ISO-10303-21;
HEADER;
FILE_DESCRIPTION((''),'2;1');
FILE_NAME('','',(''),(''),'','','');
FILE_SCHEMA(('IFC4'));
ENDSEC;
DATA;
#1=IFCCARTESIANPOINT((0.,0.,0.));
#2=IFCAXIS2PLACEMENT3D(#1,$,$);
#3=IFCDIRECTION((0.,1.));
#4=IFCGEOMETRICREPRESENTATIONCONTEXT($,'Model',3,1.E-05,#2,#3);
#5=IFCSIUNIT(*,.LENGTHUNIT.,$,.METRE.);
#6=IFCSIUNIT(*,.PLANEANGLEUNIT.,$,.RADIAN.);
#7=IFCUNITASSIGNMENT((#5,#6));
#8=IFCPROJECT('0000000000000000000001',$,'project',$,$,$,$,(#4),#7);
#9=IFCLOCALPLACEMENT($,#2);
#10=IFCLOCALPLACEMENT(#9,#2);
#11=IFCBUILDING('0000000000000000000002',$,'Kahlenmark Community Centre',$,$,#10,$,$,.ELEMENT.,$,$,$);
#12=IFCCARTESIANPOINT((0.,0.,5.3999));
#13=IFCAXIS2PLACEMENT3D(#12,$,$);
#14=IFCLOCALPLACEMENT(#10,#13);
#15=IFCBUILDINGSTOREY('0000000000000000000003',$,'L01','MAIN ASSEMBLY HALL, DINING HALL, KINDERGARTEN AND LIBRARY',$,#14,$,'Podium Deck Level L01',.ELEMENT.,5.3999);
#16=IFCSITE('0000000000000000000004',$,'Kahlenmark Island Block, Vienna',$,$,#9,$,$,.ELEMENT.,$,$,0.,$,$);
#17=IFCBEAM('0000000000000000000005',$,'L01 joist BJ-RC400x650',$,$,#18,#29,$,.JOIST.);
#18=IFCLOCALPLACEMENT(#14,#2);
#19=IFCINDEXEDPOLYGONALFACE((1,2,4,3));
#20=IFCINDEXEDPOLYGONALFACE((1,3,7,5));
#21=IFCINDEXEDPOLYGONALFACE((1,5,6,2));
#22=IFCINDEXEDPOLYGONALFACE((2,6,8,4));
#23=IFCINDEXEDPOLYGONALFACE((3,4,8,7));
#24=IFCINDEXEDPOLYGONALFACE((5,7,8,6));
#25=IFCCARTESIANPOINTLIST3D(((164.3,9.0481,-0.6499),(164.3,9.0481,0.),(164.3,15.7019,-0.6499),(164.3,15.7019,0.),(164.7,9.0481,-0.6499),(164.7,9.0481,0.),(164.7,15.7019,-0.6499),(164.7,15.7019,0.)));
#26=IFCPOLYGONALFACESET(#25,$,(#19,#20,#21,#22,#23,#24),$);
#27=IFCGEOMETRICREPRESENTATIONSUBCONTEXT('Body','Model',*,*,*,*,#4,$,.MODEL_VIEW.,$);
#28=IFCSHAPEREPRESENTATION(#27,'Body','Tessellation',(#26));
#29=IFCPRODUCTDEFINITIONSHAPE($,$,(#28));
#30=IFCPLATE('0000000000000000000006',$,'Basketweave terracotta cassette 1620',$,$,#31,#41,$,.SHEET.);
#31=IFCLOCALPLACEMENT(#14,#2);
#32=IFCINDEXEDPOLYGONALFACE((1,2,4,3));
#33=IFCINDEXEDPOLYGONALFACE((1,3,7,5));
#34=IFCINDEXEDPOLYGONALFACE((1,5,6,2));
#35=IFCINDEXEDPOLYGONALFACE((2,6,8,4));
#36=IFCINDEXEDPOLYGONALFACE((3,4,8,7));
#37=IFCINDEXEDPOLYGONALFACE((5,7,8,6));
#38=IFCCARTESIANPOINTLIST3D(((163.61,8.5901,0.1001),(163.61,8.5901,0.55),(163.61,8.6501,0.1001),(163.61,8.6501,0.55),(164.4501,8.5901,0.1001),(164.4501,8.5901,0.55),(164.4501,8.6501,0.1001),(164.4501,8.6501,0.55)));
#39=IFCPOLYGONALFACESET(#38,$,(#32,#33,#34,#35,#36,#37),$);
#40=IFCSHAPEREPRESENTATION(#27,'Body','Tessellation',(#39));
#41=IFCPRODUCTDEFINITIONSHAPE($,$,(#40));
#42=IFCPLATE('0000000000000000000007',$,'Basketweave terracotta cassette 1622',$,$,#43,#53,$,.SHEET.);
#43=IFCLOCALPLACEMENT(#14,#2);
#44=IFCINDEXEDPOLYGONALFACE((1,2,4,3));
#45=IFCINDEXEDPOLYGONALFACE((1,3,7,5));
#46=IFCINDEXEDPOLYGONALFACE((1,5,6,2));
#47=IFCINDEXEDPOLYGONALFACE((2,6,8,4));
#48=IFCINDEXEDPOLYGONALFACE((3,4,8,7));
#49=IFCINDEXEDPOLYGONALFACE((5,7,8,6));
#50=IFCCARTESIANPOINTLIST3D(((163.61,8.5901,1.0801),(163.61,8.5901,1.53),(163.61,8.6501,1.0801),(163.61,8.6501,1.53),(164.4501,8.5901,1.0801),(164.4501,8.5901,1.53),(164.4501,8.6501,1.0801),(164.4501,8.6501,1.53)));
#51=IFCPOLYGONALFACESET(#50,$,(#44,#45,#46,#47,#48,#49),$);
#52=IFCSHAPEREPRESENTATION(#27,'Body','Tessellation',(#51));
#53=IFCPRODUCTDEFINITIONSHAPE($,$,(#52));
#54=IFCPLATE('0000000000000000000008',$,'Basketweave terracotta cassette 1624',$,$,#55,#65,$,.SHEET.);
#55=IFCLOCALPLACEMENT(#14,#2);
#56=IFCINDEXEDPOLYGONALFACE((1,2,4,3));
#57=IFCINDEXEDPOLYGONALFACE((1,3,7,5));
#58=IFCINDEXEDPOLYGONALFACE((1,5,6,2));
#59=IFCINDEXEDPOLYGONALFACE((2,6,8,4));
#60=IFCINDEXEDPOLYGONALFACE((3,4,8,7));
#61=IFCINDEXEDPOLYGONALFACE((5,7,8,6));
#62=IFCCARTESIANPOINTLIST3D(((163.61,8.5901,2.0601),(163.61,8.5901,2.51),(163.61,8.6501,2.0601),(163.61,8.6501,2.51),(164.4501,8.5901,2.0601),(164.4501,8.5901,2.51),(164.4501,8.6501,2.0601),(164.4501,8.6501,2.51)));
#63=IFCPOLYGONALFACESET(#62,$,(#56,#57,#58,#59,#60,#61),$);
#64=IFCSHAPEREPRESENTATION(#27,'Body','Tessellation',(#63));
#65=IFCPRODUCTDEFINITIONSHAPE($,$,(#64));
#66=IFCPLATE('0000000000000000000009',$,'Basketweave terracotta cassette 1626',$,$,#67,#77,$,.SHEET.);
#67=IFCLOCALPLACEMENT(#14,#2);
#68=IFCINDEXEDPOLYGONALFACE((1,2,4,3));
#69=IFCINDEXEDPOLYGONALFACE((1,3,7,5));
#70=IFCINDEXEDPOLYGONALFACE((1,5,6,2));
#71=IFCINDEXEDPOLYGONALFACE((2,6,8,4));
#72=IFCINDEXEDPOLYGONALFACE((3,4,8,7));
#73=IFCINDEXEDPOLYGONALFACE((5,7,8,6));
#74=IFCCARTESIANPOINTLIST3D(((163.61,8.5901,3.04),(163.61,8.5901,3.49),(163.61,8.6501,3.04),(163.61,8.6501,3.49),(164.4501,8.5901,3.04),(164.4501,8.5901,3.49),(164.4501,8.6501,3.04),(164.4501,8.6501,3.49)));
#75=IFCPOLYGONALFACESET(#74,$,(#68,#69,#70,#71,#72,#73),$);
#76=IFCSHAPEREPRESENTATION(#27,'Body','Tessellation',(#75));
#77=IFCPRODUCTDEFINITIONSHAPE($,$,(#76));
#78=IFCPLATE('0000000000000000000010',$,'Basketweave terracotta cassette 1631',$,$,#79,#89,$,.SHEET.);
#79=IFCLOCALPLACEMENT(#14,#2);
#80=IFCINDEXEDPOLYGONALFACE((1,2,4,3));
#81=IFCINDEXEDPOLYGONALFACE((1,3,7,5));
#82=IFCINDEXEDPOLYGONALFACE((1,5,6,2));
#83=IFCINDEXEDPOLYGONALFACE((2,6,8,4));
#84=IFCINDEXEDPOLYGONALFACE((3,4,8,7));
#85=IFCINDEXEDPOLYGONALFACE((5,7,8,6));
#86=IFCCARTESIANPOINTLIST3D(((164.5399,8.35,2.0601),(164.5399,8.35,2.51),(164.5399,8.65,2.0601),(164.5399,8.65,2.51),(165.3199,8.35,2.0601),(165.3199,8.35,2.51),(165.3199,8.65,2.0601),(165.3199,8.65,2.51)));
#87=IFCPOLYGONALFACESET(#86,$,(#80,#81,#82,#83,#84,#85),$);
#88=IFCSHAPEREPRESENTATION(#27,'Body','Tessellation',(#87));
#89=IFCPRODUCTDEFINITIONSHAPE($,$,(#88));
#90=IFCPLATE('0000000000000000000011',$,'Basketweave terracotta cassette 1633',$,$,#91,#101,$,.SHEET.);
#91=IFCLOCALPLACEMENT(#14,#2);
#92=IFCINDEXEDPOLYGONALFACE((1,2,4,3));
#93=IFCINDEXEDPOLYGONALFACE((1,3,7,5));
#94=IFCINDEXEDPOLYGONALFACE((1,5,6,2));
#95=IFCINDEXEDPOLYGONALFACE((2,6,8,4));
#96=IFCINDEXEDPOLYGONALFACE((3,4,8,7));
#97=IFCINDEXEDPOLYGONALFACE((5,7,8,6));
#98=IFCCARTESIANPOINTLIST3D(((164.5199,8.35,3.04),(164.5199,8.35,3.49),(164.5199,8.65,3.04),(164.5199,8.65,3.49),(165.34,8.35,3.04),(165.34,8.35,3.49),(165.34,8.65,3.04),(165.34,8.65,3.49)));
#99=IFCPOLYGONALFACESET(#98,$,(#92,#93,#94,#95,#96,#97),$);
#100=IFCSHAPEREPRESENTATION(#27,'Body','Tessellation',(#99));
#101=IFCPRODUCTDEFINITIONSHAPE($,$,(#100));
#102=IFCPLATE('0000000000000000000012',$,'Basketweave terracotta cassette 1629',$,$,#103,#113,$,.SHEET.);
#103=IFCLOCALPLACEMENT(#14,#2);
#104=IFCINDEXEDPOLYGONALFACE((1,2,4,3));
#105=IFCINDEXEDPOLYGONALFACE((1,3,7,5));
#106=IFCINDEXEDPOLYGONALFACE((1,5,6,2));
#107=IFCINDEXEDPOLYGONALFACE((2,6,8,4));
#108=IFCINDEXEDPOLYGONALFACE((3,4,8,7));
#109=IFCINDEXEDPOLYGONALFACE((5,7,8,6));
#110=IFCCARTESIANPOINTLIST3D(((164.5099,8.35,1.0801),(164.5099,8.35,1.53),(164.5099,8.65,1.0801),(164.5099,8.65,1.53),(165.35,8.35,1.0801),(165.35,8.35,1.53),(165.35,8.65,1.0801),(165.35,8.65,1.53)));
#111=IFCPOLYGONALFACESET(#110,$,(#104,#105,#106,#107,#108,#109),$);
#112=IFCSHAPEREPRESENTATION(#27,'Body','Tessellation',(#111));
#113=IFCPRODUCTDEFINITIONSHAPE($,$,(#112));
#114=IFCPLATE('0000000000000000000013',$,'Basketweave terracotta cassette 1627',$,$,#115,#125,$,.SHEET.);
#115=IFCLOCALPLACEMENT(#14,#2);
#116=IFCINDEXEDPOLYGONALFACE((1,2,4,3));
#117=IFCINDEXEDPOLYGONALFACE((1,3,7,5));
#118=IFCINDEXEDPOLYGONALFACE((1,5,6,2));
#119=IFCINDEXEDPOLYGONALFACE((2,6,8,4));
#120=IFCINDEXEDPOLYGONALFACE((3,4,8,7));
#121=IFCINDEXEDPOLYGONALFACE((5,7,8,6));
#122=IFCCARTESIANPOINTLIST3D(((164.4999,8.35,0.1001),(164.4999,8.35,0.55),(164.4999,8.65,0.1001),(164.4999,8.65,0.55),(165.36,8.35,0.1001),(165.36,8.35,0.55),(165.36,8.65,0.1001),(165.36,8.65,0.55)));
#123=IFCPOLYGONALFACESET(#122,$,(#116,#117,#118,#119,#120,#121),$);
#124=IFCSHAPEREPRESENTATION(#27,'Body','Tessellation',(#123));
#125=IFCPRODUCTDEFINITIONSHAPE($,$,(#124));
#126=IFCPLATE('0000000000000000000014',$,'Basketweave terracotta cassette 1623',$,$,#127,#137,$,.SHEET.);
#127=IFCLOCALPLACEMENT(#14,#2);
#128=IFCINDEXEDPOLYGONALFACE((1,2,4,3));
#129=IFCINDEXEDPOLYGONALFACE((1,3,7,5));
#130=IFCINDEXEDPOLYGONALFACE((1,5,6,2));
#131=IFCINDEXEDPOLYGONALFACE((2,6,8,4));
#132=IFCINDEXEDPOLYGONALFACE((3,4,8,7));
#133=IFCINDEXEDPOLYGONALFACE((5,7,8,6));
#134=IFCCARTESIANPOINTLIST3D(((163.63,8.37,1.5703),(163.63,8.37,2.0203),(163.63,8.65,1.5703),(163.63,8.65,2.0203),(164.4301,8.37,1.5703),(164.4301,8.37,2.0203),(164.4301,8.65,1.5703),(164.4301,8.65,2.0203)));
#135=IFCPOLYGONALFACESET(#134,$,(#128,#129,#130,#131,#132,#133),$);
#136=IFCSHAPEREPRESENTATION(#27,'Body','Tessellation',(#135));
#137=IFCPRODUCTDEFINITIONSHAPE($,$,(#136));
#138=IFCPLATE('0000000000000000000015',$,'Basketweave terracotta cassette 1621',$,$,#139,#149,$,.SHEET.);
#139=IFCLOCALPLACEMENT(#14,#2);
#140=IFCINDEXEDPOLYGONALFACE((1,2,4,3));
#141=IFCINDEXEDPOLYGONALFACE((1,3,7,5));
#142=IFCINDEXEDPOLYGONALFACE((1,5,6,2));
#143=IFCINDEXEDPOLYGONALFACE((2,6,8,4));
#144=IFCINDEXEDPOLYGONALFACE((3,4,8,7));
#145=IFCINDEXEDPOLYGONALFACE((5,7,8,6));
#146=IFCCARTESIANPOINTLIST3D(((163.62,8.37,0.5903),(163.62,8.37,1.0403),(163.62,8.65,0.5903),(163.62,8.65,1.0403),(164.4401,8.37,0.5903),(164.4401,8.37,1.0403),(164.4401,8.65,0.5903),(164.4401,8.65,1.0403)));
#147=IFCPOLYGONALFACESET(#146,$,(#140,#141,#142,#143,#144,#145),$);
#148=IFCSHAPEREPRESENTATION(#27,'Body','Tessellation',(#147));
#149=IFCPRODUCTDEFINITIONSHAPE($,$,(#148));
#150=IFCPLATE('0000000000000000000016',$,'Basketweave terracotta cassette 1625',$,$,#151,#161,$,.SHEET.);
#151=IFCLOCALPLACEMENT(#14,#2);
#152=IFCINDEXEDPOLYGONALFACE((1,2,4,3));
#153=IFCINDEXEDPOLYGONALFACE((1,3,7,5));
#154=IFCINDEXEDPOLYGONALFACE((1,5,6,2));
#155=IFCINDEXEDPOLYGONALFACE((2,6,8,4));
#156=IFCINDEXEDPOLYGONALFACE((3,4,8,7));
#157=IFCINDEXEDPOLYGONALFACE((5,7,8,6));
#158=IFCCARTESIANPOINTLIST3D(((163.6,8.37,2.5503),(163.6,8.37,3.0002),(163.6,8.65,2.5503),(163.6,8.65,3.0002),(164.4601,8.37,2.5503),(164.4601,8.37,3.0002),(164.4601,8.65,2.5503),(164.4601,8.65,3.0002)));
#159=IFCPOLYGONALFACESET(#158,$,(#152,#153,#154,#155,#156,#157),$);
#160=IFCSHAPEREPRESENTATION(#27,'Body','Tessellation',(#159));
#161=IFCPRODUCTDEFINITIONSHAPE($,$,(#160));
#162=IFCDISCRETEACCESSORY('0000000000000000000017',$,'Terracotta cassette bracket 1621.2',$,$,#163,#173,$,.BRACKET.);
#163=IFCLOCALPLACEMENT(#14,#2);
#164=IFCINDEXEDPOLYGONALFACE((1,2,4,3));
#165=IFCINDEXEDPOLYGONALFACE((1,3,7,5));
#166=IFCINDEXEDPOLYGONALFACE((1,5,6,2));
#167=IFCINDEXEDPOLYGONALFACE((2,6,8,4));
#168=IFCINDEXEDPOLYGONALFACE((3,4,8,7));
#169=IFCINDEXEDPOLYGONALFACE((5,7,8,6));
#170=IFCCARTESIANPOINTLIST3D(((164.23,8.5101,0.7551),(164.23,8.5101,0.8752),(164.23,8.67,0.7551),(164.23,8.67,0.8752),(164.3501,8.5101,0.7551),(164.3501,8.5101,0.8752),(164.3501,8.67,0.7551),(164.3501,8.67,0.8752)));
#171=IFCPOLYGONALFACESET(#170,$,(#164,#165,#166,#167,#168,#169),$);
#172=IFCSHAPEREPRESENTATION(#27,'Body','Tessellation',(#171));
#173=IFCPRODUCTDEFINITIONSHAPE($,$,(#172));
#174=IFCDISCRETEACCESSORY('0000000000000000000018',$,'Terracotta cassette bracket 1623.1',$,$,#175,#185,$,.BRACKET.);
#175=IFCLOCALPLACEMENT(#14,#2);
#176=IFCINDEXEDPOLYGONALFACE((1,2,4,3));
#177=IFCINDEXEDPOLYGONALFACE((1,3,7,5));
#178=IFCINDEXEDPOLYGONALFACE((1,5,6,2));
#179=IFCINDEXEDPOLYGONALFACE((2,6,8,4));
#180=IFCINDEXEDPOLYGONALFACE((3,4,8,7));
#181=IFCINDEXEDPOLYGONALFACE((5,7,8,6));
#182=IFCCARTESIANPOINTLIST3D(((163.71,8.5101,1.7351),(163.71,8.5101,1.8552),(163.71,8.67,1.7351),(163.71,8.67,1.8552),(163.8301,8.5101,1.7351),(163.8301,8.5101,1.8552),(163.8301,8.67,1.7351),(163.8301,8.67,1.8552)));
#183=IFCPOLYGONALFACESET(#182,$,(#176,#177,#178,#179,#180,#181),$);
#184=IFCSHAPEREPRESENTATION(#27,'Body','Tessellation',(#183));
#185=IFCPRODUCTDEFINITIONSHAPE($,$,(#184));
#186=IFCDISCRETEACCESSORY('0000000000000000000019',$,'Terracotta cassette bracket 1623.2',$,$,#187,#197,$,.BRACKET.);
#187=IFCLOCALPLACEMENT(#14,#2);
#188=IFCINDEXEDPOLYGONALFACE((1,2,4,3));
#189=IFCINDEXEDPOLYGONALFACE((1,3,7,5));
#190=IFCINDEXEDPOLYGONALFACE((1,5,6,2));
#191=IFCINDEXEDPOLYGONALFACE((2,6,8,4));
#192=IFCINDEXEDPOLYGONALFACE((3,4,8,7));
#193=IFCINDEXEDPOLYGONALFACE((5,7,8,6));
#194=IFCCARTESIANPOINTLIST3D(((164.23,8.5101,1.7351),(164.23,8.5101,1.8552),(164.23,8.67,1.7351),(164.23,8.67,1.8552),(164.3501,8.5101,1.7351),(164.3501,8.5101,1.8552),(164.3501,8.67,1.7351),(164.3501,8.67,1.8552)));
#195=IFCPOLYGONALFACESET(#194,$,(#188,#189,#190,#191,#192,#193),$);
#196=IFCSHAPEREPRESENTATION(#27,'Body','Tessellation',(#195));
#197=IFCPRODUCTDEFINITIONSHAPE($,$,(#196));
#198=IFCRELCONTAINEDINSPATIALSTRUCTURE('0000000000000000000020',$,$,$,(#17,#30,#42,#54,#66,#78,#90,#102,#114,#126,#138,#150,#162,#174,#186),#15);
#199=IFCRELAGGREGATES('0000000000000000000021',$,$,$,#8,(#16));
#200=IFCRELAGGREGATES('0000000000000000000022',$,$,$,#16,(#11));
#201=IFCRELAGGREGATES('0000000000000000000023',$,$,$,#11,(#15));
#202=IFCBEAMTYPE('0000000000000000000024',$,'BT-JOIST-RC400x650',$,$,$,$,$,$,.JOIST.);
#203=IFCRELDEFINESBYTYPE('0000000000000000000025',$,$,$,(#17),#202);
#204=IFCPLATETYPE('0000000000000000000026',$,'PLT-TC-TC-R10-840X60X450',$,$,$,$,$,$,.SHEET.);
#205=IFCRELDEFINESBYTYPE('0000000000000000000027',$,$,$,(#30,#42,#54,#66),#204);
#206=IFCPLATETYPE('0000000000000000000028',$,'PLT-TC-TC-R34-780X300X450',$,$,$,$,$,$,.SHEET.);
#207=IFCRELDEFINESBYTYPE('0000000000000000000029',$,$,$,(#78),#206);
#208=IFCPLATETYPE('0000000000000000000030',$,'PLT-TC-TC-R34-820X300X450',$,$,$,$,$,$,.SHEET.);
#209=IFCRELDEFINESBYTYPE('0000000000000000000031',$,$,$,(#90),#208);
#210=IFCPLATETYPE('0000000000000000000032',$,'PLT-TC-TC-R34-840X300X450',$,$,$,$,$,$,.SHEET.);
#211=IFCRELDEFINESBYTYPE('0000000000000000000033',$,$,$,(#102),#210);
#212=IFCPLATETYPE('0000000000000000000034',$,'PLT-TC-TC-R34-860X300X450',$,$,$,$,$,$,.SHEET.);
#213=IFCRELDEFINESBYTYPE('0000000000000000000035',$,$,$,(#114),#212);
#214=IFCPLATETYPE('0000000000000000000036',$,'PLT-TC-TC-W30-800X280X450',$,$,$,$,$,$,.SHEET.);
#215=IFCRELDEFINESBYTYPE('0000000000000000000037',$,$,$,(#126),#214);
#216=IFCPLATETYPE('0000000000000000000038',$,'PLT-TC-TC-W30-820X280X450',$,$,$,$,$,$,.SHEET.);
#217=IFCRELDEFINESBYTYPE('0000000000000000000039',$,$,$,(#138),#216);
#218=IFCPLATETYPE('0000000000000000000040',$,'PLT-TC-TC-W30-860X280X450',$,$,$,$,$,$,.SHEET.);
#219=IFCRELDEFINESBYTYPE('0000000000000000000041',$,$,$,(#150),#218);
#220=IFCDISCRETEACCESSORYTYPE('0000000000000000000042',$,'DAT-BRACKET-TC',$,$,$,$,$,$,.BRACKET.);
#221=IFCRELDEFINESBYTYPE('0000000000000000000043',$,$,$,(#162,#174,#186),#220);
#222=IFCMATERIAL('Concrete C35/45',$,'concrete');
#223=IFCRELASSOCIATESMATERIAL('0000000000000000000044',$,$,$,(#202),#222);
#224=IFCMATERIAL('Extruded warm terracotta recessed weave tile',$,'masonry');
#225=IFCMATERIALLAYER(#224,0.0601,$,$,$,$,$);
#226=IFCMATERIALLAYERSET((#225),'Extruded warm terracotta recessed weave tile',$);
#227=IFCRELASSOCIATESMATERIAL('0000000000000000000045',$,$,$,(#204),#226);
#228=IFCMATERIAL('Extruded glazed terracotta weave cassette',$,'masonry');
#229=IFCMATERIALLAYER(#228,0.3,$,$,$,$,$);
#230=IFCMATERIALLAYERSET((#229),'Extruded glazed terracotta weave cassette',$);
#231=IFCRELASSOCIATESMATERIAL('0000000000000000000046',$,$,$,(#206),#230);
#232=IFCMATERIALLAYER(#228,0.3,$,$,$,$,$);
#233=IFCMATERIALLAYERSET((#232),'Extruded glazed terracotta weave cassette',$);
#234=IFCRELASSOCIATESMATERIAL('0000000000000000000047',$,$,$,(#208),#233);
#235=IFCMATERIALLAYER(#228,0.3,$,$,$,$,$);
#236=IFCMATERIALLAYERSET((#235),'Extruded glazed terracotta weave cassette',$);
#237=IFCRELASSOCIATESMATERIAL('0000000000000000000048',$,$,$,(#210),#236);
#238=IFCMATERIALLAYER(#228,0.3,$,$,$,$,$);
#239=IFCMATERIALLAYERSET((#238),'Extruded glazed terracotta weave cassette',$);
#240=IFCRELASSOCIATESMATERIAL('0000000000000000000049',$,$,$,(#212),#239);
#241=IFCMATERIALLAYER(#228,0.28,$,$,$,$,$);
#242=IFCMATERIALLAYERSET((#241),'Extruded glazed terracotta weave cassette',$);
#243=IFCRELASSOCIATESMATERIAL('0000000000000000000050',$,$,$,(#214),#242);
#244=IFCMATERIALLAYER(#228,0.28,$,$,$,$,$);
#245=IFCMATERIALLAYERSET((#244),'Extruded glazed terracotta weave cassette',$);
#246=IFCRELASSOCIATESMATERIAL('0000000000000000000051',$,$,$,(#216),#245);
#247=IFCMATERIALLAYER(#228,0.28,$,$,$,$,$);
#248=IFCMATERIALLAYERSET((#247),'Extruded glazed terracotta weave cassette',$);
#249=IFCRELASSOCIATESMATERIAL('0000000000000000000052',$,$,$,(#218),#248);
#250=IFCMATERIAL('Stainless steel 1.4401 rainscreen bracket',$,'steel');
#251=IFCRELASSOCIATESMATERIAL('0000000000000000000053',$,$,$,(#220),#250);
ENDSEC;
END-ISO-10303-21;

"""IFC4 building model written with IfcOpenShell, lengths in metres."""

from ifc_helpers import new_model, si_unit, direction, frame, origin, origin_2d, place, context, subcontext, project, spatial, rectangle, extrude, material, layer, layer_set, material_profile, profile_set, type_object, element, save


model = new_model("IFC4")

# Units and contexts
model_context = context("Model", 3, precision=1e-05, world=origin(), true_north=direction((0.0, 1.0)))
body_context = subcontext(model_context, "Body", "Model", "MODEL_VIEW")
ifc_project = project(units=[si_unit("LENGTHUNIT", "METRE"), si_unit("PLANEANGLEUNIT", "RADIAN")], contexts=[model_context])

# Site, building, storey
site_placement = place(None, origin())
site = spatial("IfcSite", under=ifc_project, at=site_placement, Name="Kahlenmark Island Block, Vienna", CompositionType="ELEMENT", RefElevation=0.0)
building_placement = place(site_placement, origin())
building = spatial("IfcBuilding", under=site, at=building_placement, Name="Kahlenmark Community Centre", CompositionType="ELEMENT")
storey_placement = place(building_placement, frame((0.0, 0.0, 5.3999)))
storey = spatial("IfcBuildingStorey", under=building, at=storey_placement, Name="L01", Description="MAIN ASSEMBLY HALL, DINING HALL, KINDERGARTEN AND LIBRARY", LongName="Podium Deck Level L01", CompositionType="ELEMENT", Elevation=5.3999)

# Beam
ifc_material_1 = material(Name="Concrete C35/45", Category="concrete")
ifc_material_profile = material_profile(ifc_material_1, rectangle(XDim=0.3999, YDim=0.6499, at=origin_2d()), Name="RC 400x650")
ifc_profile_set = profile_set([ifc_material_profile], Name="Concrete C35/45")
beam_type = type_object("IfcBeamType", Name="BT-JOIST-RC400x650", PredefinedType="JOIST", material=ifc_profile_set)
beam_placement = place(storey_placement, frame((164.5, 9.0481, -0.325), z_axis=(0.0, 1.0, 0.0), x_axis=(-1.0, 0.0, 0.0)))
element("IfcBeam", 1, at=beam_placement, inside=storey, type_object=beam_type, Name="L01 joist BJ-RC400x650", PredefinedType="JOIST", context=body_context, shape_type="SweptSolid", body=[
    extrude(rectangle(XDim=0.3999, YDim=0.6499, at=origin_2d()), origin(), (0.0, 0.0, 1.0), 6.6538),
])

# Plates
ifc_material_2 = material(Name="Extruded warm terracotta recessed weave tile", Category="masonry")
ifc_layer_1 = layer(ifc_material_2, 0.0601)
ifc_layer_set_1 = layer_set([ifc_layer_1], Name="Extruded warm terracotta recessed weave tile")
plate_type_1 = type_object("IfcPlateType", Name="PLT-TC-TC-R10-840X60X450", PredefinedType="SHEET", material=ifc_layer_set_1)
for number, where, z_axis, x_axis, name in (
    (2, (164.03, 8.6201, 0.1001), (0.0, 0.0, 1.0), (1.0, 0.0, 0.0), "Basketweave terracotta cassette 1620"),
    (3, (164.03, 8.6201, 1.0801), (0.0, 0.0, 1.0), (1.0, 0.0, 0.0), "Basketweave terracotta cassette 1622"),
    (4, (164.03, 8.6201, 2.0601), (0.0, 0.0, 1.0), (1.0, 0.0, 0.0), "Basketweave terracotta cassette 1624"),
    (5, (164.03, 8.6201, 3.04), (0.0, 0.0, 1.0), (1.0, 0.0, 0.0), "Basketweave terracotta cassette 1626"),
):
    element("IfcPlate", number, at=place(storey_placement, frame(where, z_axis=z_axis, x_axis=x_axis)), inside=storey, type_object=plate_type_1, Name=name, PredefinedType="SHEET", context=body_context, shape_type="SweptSolid", body=[
        extrude(rectangle(XDim=0.8401, YDim=0.0601, at=origin_2d()), origin(), (0.0, 0.0, 1.0), 0.45),
    ])
ifc_material_3 = material(Name="Extruded glazed terracotta weave cassette", Category="masonry")
ifc_layer_2 = layer(ifc_material_3, 0.3)
ifc_layer_set_2 = layer_set([ifc_layer_2], Name="Extruded glazed terracotta weave cassette")
plate_type_2 = type_object("IfcPlateType", Name="PLT-TC-TC-R34-780X300X450", PredefinedType="SHEET", material=ifc_layer_set_2)
plate_1_placement = place(storey_placement, frame((164.9299, 8.5, 2.0601), z_axis=(0.0, 0.0, 1.0), x_axis=(1.0, 0.0, 0.0)))
element("IfcPlate", 6, at=plate_1_placement, inside=storey, type_object=plate_type_2, Name="Basketweave terracotta cassette 1631", PredefinedType="SHEET", context=body_context, shape_type="SweptSolid", body=[
    extrude(rectangle(XDim=0.78, YDim=0.3, at=origin_2d()), origin(), (0.0, 0.0, 1.0), 0.45),
])
ifc_layer_3 = layer(ifc_material_3, 0.3)
ifc_layer_set_3 = layer_set([ifc_layer_3], Name="Extruded glazed terracotta weave cassette")
plate_type_3 = type_object("IfcPlateType", Name="PLT-TC-TC-R34-820X300X450", PredefinedType="SHEET", material=ifc_layer_set_3)
plate_2_placement = place(storey_placement, frame((164.9299, 8.5, 3.04), z_axis=(0.0, 0.0, 1.0), x_axis=(1.0, 0.0, 0.0)))
element("IfcPlate", 7, at=plate_2_placement, inside=storey, type_object=plate_type_3, Name="Basketweave terracotta cassette 1633", PredefinedType="SHEET", context=body_context, shape_type="SweptSolid", body=[
    extrude(rectangle(XDim=0.8201, YDim=0.3, at=origin_2d()), origin(), (0.0, 0.0, 1.0), 0.45),
])
ifc_layer_4 = layer(ifc_material_3, 0.3)
ifc_layer_set_4 = layer_set([ifc_layer_4], Name="Extruded glazed terracotta weave cassette")
plate_type_4 = type_object("IfcPlateType", Name="PLT-TC-TC-R34-840X300X450", PredefinedType="SHEET", material=ifc_layer_set_4)
plate_3_placement = place(storey_placement, frame((164.9299, 8.5, 1.0801), z_axis=(0.0, 0.0, 1.0), x_axis=(1.0, 0.0, 0.0)))
element("IfcPlate", 8, at=plate_3_placement, inside=storey, type_object=plate_type_4, Name="Basketweave terracotta cassette 1629", PredefinedType="SHEET", context=body_context, shape_type="SweptSolid", body=[
    extrude(rectangle(XDim=0.8401, YDim=0.3, at=origin_2d()), origin(), (0.0, 0.0, 1.0), 0.45),
])
ifc_layer_5 = layer(ifc_material_3, 0.3)
ifc_layer_set_5 = layer_set([ifc_layer_5], Name="Extruded glazed terracotta weave cassette")
plate_type_5 = type_object("IfcPlateType", Name="PLT-TC-TC-R34-860X300X450", PredefinedType="SHEET", material=ifc_layer_set_5)
plate_4_placement = place(storey_placement, frame((164.9299, 8.5, 0.1001), z_axis=(0.0, 0.0, 1.0), x_axis=(1.0, 0.0, 0.0)))
element("IfcPlate", 9, at=plate_4_placement, inside=storey, type_object=plate_type_5, Name="Basketweave terracotta cassette 1627", PredefinedType="SHEET", context=body_context, shape_type="SweptSolid", body=[
    extrude(rectangle(XDim=0.8601, YDim=0.3, at=origin_2d()), origin(), (0.0, 0.0, 1.0), 0.45),
])
ifc_layer_6 = layer(ifc_material_3, 0.28)
ifc_layer_set_6 = layer_set([ifc_layer_6], Name="Extruded glazed terracotta weave cassette")
plate_type_6 = type_object("IfcPlateType", Name="PLT-TC-TC-W30-800X280X450", PredefinedType="SHEET", material=ifc_layer_set_6)
plate_5_placement = place(storey_placement, frame((164.03, 8.51, 1.5703), z_axis=(0.0, 0.0, 1.0), x_axis=(1.0, 0.0, 0.0)))
element("IfcPlate", 10, at=plate_5_placement, inside=storey, type_object=plate_type_6, Name="Basketweave terracotta cassette 1623", PredefinedType="SHEET", context=body_context, shape_type="SweptSolid", body=[
    extrude(rectangle(XDim=0.8, YDim=0.28, at=origin_2d()), origin(), (0.0, 0.0, 1.0), 0.45),
])
ifc_layer_7 = layer(ifc_material_3, 0.28)
ifc_layer_set_7 = layer_set([ifc_layer_7], Name="Extruded glazed terracotta weave cassette")
plate_type_7 = type_object("IfcPlateType", Name="PLT-TC-TC-W30-820X280X450", PredefinedType="SHEET", material=ifc_layer_set_7)
plate_6_placement = place(storey_placement, frame((164.03, 8.51, 0.5903), z_axis=(0.0, 0.0, 1.0), x_axis=(1.0, 0.0, 0.0)))
element("IfcPlate", 11, at=plate_6_placement, inside=storey, type_object=plate_type_7, Name="Basketweave terracotta cassette 1621", PredefinedType="SHEET", context=body_context, shape_type="SweptSolid", body=[
    extrude(rectangle(XDim=0.8201, YDim=0.28, at=origin_2d()), origin(), (0.0, 0.0, 1.0), 0.45),
])
ifc_layer_8 = layer(ifc_material_3, 0.28)
ifc_layer_set_8 = layer_set([ifc_layer_8], Name="Extruded glazed terracotta weave cassette")
plate_type_8 = type_object("IfcPlateType", Name="PLT-TC-TC-W30-860X280X450", PredefinedType="SHEET", material=ifc_layer_set_8)
plate_7_placement = place(storey_placement, frame((164.03, 8.51, 2.5503), z_axis=(0.0, 0.0, 1.0), x_axis=(1.0, 0.0, 0.0)))
element("IfcPlate", 12, at=plate_7_placement, inside=storey, type_object=plate_type_8, Name="Basketweave terracotta cassette 1625", PredefinedType="SHEET", context=body_context, shape_type="SweptSolid", body=[
    extrude(rectangle(XDim=0.8601, YDim=0.28, at=origin_2d()), origin(), (0.0, 0.0, 1.0), 0.45),
])

# Discrete accessories
ifc_material_4 = material(Name="Stainless steel 1.4401 rainscreen bracket", Category="steel")
discrete_accessory_type = type_object("IfcDiscreteAccessoryType", Name="DAT-BRACKET-TC", PredefinedType="BRACKET", material=ifc_material_4)
for number, where, z_axis, x_axis, name in (
    (13, (164.29, 8.5901, 0.7551), (0.0, 0.0, 1.0), (1.0, 0.0, 0.0), "Terracotta cassette bracket 1621.2"),
    (14, (163.77, 8.5901, 1.7351), (0.0, 0.0, 1.0), (1.0, 0.0, 0.0), "Terracotta cassette bracket 1623.1"),
    (15, (164.29, 8.5901, 1.7351), (0.0, 0.0, 1.0), (1.0, 0.0, 0.0), "Terracotta cassette bracket 1623.2"),
):
    element("IfcDiscreteAccessory", number, at=place(storey_placement, frame(where, z_axis=z_axis, x_axis=x_axis)), inside=storey, type_object=discrete_accessory_type, Name=name, PredefinedType="BRACKET", context=body_context, shape_type="SweptSolid", body=[
        extrude(rectangle(XDim=0.1201, YDim=0.1599, at=origin_2d()), origin(), (0.0, 0.0, 1.0), 0.1201),
    ])

save(model, "model.ifc")
